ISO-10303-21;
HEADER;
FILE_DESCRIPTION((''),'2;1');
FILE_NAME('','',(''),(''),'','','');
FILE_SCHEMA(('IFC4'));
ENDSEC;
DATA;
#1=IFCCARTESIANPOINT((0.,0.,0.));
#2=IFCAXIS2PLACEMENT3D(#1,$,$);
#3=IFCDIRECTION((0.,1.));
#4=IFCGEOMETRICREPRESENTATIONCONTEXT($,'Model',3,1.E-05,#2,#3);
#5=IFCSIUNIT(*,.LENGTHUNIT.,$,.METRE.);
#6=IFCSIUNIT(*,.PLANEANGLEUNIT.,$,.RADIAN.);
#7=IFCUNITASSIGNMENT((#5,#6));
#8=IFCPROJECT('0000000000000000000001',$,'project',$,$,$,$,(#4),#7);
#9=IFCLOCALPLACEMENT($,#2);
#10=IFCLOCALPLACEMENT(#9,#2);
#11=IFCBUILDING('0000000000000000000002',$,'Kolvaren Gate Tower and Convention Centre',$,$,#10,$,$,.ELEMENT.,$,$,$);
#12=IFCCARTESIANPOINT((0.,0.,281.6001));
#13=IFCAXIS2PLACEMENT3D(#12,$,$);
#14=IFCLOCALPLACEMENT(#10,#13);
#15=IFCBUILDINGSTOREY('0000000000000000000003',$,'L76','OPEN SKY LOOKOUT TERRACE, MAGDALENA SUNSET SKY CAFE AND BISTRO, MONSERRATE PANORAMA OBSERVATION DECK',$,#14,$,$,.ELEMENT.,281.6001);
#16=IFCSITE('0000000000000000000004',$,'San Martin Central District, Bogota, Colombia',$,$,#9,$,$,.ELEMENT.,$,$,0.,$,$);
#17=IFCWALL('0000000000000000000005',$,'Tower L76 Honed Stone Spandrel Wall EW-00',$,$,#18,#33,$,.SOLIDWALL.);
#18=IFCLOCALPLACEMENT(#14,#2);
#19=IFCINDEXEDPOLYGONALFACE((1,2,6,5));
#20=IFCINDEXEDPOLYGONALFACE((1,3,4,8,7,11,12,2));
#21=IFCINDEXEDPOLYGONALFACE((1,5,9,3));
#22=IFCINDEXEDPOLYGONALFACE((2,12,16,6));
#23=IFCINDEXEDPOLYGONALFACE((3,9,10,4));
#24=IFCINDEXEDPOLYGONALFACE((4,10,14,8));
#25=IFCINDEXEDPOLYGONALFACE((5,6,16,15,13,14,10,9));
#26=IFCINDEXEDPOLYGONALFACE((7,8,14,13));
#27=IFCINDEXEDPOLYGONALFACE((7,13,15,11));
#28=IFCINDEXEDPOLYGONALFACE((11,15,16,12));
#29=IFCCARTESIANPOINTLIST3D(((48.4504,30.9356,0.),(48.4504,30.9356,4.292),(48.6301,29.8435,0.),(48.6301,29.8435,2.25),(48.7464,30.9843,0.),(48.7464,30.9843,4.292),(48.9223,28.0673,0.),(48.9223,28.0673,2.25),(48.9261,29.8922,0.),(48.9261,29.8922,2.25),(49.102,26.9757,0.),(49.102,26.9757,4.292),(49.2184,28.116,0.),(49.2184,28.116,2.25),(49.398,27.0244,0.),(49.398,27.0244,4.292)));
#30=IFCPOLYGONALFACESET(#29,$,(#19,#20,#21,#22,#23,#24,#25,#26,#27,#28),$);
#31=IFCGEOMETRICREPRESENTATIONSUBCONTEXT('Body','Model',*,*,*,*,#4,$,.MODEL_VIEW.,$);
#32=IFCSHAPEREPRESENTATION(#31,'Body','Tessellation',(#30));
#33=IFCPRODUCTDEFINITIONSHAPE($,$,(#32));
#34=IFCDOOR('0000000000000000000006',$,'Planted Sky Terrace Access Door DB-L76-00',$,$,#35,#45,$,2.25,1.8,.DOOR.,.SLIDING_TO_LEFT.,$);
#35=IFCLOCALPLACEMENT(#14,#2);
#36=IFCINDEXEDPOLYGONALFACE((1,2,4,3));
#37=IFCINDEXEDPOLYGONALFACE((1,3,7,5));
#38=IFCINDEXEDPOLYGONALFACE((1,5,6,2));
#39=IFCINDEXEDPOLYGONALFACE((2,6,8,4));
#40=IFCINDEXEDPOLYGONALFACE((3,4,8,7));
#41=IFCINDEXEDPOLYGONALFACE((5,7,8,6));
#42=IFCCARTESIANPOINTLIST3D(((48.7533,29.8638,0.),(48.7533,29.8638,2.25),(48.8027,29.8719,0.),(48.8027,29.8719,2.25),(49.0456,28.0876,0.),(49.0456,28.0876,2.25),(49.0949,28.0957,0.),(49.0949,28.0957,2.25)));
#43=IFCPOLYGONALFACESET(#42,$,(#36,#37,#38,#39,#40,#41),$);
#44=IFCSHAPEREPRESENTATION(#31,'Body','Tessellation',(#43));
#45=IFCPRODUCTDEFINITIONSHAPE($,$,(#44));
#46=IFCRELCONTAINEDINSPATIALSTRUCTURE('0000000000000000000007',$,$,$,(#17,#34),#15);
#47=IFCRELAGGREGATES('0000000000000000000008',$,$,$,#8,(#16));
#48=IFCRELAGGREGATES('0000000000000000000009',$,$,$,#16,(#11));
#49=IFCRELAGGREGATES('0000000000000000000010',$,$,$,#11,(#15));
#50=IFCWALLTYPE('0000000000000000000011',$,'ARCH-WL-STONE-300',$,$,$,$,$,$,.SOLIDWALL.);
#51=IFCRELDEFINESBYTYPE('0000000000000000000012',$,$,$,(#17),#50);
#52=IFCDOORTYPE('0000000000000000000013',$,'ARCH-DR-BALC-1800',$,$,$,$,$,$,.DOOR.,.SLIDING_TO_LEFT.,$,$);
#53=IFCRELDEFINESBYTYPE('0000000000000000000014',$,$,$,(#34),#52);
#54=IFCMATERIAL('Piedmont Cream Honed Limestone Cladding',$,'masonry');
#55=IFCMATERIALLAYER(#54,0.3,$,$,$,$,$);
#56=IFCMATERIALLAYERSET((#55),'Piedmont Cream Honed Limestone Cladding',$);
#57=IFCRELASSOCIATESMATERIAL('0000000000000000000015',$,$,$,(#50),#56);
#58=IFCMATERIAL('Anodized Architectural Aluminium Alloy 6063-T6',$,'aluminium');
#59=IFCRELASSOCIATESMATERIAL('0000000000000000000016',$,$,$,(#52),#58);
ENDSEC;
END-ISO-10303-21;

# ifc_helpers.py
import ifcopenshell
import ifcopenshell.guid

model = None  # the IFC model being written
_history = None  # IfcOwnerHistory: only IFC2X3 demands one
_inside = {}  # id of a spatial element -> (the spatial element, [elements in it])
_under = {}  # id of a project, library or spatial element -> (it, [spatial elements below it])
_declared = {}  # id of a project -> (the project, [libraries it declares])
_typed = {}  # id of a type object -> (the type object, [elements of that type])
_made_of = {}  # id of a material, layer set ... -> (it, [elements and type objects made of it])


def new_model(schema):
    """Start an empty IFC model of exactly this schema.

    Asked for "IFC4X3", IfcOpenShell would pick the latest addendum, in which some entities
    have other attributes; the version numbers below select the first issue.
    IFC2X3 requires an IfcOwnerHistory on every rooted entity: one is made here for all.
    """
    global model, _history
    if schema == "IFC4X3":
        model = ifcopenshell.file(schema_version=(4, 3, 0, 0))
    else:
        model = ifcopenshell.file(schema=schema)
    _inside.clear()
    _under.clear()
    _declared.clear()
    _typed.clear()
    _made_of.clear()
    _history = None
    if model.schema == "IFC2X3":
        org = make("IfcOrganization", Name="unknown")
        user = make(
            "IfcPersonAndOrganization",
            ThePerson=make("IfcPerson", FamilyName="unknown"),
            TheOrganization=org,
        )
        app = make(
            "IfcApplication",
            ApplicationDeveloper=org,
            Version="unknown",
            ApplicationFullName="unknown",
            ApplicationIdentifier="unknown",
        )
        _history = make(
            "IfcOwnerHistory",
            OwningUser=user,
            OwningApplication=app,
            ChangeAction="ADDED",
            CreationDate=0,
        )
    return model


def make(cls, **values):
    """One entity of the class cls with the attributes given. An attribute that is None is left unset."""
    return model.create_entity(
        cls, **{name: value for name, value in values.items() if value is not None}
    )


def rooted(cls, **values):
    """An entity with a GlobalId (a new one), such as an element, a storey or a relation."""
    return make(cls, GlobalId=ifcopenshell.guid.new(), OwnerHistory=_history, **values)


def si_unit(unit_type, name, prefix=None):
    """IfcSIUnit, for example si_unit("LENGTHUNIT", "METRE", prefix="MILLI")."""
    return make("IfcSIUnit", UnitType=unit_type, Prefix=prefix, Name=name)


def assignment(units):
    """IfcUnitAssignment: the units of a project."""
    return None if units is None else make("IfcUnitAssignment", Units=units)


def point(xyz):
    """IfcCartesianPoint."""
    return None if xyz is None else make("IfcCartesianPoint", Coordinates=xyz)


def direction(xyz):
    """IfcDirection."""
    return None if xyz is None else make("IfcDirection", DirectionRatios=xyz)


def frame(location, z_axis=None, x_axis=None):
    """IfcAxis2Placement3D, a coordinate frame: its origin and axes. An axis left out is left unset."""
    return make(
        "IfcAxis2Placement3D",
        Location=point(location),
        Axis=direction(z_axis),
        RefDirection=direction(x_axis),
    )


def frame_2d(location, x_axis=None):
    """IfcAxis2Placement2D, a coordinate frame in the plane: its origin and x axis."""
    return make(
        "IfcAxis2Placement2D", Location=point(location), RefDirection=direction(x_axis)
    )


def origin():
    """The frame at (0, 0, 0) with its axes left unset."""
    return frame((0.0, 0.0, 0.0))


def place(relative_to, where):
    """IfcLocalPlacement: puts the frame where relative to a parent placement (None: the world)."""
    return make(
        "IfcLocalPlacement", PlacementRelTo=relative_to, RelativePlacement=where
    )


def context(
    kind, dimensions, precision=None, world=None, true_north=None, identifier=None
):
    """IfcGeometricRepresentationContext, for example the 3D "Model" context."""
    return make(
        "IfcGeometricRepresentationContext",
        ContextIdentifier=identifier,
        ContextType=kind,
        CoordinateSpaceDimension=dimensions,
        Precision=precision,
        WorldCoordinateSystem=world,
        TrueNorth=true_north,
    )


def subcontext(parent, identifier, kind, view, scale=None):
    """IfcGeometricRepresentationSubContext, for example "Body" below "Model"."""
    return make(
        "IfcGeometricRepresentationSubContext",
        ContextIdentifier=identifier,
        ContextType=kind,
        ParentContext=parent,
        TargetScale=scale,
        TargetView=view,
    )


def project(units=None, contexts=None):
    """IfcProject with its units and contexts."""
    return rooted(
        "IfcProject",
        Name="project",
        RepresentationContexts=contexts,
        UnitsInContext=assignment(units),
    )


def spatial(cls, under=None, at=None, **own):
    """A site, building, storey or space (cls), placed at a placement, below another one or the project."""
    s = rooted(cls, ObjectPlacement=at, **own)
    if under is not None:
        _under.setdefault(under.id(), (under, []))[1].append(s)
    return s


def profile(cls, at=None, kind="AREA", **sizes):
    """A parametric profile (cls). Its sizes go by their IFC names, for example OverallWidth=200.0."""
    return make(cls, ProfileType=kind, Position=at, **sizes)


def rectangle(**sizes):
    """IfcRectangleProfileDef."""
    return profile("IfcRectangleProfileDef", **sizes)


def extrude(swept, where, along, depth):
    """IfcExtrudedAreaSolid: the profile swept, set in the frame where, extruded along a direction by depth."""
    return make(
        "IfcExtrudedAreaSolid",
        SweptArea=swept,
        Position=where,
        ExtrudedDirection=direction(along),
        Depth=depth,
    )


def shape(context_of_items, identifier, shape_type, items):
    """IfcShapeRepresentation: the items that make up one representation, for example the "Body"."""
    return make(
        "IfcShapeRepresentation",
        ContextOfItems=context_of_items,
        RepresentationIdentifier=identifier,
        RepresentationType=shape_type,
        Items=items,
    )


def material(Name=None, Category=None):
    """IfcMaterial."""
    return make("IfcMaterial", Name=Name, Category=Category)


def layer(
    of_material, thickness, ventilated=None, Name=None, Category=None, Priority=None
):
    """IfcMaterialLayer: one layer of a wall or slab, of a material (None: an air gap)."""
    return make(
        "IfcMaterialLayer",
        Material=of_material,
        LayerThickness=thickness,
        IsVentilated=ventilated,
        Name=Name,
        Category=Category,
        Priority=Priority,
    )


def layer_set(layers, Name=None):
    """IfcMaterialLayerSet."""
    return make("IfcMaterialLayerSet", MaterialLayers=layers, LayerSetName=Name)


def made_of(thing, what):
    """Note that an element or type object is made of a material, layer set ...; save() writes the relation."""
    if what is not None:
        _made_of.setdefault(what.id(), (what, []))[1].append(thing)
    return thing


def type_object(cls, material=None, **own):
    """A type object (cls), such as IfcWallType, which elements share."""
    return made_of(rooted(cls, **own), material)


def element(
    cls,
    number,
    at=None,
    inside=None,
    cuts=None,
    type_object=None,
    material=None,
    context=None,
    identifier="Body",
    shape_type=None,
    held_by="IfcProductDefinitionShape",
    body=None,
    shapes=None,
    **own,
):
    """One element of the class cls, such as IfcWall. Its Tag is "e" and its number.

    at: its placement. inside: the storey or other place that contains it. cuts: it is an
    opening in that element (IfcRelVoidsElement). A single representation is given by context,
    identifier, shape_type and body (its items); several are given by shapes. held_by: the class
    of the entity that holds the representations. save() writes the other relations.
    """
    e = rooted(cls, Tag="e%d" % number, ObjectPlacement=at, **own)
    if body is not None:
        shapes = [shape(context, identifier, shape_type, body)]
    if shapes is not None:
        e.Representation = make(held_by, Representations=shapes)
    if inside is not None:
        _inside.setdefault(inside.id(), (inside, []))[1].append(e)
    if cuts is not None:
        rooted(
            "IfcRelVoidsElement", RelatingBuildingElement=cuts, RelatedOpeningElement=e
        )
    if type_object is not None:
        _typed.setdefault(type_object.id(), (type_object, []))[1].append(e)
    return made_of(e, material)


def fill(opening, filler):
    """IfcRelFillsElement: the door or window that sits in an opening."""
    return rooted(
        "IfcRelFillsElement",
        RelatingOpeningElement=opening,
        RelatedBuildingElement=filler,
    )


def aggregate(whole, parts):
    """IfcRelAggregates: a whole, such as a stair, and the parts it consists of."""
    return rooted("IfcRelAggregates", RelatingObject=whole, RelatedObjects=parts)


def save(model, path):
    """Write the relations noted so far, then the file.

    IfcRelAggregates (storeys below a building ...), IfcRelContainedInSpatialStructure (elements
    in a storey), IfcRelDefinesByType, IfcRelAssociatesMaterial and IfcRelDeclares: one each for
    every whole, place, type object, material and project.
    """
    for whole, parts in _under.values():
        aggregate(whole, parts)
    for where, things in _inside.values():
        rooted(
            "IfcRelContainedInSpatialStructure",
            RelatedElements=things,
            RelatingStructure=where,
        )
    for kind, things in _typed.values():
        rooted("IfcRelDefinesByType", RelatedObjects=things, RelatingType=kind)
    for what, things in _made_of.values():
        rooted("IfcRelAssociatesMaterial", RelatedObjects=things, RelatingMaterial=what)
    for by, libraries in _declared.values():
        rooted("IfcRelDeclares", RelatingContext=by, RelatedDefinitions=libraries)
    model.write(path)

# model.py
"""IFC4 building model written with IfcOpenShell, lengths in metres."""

from ifc_helpers import new_model, si_unit, direction, frame, frame_2d, origin, place, context, subcontext, project, spatial, rectangle, extrude, material, layer, layer_set, type_object, element, fill, save


model = new_model("IFC4")

# Units and contexts
model_context = context("Model", 3, precision=1e-05, world=origin(), true_north=direction((0.0, 1.0)))
body_context = subcontext(model_context, "Body", "Model", "MODEL_VIEW")
ifc_project = project(units=[si_unit("LENGTHUNIT", "METRE"), si_unit("PLANEANGLEUNIT", "RADIAN")], contexts=[model_context])

# Site, building, storey
site_placement = place(None, origin())
site = spatial("IfcSite", under=ifc_project, at=site_placement, Name="San Martin Central District, Bogota, Colombia", CompositionType="ELEMENT", RefElevation=0.0)
building_placement = place(site_placement, origin())
building = spatial("IfcBuilding", under=site, at=building_placement, Name="Kolvaren Gate Tower and Convention Centre", CompositionType="ELEMENT")
storey_placement = place(building_placement, frame((0.0, 0.0, 281.6001)))
storey = spatial("IfcBuildingStorey", under=building, at=storey_placement, Name="L76", Description="OPEN SKY LOOKOUT TERRACE, MAGDALENA SUNSET SKY CAFE AND BISTRO, MONSERRATE PANORAMA OBSERVATION DECK", CompositionType="ELEMENT", Elevation=281.6001)

# Shared definitions
ifc_material_1 = material(Name="Piedmont Cream Honed Limestone Cladding", Category="masonry")

# Wall, opening, door
ifc_layer_1 = layer(ifc_material_1, 0.3)
ifc_layer_set_1 = layer_set([ifc_layer_1], Name="Piedmont Cream Honed Limestone Cladding")
wall_type_1 = type_object("IfcWallType", Name="ARCH-WL-STONE-300", PredefinedType="SOLIDWALL", material=ifc_layer_set_1)
wall_1_placement = place(storey_placement, frame((48.5984, 30.96, 0.0), z_axis=(0.0, 0.0, 1.0), x_axis=(0.162366, -0.986731, 0.0)))
wall_1 = element("IfcWall", 1, at=wall_1_placement, inside=storey, type_object=wall_type_1, Name="Tower L76 Honed Stone Spandrel Wall EW-00", PredefinedType="SOLIDWALL", context=body_context, shape_type="SweptSolid", body=[
    extrude(rectangle(XDim=4.0132, YDim=0.3, at=frame_2d((2.0066, 0.0))), origin(), (0.0, 0.0, 1.0), 4.292),
])
opening_placement = place(wall_1_placement, frame((1.1069, 0.0, 0.0)))
opening = element("IfcOpeningElement", 2, at=opening_placement, cuts=wall_1, PredefinedType="OPENING", context=body_context, shape_type="SweptSolid", body=[
    extrude(rectangle(XDim=1.8, YDim=2.25, at=frame_2d((0.8999, 1.125))), frame((0.0, 0.1599, 0.0), z_axis=(0.0, -1.0, 0.0), x_axis=(1.0, 0.0, 0.0)), (0.0, 0.0, 1.0), 0.3201),
])
ifc_material_2 = material(Name="Anodized Architectural Aluminium Alloy 6063-T6", Category="aluminium")
door_type = type_object("IfcDoorType", Name="ARCH-DR-BALC-1800", OperationType="SLIDING_TO_LEFT", PredefinedType="DOOR", material=ifc_material_2)
door_placement = place(opening_placement, origin())
door = element("IfcDoor", 3, at=door_placement, inside=storey, type_object=door_type, Name="Planted Sky Terrace Access Door DB-L76-00", OperationType="SLIDING_TO_LEFT", OverallHeight=2.25, OverallWidth=1.8, PredefinedType="DOOR", context=body_context, shape_type="SweptSolid", body=[
    extrude(rectangle(XDim=1.8, YDim=2.25, at=frame_2d((0.8999, 1.125))), frame((0.0, 0.0249, 0.0), z_axis=(0.0, -1.0, 0.0), x_axis=(1.0, 0.0, 0.0)), (0.0, 0.0, 1.0), 0.05),
])
fill(opening, door)

save(model, "model.ifc")
